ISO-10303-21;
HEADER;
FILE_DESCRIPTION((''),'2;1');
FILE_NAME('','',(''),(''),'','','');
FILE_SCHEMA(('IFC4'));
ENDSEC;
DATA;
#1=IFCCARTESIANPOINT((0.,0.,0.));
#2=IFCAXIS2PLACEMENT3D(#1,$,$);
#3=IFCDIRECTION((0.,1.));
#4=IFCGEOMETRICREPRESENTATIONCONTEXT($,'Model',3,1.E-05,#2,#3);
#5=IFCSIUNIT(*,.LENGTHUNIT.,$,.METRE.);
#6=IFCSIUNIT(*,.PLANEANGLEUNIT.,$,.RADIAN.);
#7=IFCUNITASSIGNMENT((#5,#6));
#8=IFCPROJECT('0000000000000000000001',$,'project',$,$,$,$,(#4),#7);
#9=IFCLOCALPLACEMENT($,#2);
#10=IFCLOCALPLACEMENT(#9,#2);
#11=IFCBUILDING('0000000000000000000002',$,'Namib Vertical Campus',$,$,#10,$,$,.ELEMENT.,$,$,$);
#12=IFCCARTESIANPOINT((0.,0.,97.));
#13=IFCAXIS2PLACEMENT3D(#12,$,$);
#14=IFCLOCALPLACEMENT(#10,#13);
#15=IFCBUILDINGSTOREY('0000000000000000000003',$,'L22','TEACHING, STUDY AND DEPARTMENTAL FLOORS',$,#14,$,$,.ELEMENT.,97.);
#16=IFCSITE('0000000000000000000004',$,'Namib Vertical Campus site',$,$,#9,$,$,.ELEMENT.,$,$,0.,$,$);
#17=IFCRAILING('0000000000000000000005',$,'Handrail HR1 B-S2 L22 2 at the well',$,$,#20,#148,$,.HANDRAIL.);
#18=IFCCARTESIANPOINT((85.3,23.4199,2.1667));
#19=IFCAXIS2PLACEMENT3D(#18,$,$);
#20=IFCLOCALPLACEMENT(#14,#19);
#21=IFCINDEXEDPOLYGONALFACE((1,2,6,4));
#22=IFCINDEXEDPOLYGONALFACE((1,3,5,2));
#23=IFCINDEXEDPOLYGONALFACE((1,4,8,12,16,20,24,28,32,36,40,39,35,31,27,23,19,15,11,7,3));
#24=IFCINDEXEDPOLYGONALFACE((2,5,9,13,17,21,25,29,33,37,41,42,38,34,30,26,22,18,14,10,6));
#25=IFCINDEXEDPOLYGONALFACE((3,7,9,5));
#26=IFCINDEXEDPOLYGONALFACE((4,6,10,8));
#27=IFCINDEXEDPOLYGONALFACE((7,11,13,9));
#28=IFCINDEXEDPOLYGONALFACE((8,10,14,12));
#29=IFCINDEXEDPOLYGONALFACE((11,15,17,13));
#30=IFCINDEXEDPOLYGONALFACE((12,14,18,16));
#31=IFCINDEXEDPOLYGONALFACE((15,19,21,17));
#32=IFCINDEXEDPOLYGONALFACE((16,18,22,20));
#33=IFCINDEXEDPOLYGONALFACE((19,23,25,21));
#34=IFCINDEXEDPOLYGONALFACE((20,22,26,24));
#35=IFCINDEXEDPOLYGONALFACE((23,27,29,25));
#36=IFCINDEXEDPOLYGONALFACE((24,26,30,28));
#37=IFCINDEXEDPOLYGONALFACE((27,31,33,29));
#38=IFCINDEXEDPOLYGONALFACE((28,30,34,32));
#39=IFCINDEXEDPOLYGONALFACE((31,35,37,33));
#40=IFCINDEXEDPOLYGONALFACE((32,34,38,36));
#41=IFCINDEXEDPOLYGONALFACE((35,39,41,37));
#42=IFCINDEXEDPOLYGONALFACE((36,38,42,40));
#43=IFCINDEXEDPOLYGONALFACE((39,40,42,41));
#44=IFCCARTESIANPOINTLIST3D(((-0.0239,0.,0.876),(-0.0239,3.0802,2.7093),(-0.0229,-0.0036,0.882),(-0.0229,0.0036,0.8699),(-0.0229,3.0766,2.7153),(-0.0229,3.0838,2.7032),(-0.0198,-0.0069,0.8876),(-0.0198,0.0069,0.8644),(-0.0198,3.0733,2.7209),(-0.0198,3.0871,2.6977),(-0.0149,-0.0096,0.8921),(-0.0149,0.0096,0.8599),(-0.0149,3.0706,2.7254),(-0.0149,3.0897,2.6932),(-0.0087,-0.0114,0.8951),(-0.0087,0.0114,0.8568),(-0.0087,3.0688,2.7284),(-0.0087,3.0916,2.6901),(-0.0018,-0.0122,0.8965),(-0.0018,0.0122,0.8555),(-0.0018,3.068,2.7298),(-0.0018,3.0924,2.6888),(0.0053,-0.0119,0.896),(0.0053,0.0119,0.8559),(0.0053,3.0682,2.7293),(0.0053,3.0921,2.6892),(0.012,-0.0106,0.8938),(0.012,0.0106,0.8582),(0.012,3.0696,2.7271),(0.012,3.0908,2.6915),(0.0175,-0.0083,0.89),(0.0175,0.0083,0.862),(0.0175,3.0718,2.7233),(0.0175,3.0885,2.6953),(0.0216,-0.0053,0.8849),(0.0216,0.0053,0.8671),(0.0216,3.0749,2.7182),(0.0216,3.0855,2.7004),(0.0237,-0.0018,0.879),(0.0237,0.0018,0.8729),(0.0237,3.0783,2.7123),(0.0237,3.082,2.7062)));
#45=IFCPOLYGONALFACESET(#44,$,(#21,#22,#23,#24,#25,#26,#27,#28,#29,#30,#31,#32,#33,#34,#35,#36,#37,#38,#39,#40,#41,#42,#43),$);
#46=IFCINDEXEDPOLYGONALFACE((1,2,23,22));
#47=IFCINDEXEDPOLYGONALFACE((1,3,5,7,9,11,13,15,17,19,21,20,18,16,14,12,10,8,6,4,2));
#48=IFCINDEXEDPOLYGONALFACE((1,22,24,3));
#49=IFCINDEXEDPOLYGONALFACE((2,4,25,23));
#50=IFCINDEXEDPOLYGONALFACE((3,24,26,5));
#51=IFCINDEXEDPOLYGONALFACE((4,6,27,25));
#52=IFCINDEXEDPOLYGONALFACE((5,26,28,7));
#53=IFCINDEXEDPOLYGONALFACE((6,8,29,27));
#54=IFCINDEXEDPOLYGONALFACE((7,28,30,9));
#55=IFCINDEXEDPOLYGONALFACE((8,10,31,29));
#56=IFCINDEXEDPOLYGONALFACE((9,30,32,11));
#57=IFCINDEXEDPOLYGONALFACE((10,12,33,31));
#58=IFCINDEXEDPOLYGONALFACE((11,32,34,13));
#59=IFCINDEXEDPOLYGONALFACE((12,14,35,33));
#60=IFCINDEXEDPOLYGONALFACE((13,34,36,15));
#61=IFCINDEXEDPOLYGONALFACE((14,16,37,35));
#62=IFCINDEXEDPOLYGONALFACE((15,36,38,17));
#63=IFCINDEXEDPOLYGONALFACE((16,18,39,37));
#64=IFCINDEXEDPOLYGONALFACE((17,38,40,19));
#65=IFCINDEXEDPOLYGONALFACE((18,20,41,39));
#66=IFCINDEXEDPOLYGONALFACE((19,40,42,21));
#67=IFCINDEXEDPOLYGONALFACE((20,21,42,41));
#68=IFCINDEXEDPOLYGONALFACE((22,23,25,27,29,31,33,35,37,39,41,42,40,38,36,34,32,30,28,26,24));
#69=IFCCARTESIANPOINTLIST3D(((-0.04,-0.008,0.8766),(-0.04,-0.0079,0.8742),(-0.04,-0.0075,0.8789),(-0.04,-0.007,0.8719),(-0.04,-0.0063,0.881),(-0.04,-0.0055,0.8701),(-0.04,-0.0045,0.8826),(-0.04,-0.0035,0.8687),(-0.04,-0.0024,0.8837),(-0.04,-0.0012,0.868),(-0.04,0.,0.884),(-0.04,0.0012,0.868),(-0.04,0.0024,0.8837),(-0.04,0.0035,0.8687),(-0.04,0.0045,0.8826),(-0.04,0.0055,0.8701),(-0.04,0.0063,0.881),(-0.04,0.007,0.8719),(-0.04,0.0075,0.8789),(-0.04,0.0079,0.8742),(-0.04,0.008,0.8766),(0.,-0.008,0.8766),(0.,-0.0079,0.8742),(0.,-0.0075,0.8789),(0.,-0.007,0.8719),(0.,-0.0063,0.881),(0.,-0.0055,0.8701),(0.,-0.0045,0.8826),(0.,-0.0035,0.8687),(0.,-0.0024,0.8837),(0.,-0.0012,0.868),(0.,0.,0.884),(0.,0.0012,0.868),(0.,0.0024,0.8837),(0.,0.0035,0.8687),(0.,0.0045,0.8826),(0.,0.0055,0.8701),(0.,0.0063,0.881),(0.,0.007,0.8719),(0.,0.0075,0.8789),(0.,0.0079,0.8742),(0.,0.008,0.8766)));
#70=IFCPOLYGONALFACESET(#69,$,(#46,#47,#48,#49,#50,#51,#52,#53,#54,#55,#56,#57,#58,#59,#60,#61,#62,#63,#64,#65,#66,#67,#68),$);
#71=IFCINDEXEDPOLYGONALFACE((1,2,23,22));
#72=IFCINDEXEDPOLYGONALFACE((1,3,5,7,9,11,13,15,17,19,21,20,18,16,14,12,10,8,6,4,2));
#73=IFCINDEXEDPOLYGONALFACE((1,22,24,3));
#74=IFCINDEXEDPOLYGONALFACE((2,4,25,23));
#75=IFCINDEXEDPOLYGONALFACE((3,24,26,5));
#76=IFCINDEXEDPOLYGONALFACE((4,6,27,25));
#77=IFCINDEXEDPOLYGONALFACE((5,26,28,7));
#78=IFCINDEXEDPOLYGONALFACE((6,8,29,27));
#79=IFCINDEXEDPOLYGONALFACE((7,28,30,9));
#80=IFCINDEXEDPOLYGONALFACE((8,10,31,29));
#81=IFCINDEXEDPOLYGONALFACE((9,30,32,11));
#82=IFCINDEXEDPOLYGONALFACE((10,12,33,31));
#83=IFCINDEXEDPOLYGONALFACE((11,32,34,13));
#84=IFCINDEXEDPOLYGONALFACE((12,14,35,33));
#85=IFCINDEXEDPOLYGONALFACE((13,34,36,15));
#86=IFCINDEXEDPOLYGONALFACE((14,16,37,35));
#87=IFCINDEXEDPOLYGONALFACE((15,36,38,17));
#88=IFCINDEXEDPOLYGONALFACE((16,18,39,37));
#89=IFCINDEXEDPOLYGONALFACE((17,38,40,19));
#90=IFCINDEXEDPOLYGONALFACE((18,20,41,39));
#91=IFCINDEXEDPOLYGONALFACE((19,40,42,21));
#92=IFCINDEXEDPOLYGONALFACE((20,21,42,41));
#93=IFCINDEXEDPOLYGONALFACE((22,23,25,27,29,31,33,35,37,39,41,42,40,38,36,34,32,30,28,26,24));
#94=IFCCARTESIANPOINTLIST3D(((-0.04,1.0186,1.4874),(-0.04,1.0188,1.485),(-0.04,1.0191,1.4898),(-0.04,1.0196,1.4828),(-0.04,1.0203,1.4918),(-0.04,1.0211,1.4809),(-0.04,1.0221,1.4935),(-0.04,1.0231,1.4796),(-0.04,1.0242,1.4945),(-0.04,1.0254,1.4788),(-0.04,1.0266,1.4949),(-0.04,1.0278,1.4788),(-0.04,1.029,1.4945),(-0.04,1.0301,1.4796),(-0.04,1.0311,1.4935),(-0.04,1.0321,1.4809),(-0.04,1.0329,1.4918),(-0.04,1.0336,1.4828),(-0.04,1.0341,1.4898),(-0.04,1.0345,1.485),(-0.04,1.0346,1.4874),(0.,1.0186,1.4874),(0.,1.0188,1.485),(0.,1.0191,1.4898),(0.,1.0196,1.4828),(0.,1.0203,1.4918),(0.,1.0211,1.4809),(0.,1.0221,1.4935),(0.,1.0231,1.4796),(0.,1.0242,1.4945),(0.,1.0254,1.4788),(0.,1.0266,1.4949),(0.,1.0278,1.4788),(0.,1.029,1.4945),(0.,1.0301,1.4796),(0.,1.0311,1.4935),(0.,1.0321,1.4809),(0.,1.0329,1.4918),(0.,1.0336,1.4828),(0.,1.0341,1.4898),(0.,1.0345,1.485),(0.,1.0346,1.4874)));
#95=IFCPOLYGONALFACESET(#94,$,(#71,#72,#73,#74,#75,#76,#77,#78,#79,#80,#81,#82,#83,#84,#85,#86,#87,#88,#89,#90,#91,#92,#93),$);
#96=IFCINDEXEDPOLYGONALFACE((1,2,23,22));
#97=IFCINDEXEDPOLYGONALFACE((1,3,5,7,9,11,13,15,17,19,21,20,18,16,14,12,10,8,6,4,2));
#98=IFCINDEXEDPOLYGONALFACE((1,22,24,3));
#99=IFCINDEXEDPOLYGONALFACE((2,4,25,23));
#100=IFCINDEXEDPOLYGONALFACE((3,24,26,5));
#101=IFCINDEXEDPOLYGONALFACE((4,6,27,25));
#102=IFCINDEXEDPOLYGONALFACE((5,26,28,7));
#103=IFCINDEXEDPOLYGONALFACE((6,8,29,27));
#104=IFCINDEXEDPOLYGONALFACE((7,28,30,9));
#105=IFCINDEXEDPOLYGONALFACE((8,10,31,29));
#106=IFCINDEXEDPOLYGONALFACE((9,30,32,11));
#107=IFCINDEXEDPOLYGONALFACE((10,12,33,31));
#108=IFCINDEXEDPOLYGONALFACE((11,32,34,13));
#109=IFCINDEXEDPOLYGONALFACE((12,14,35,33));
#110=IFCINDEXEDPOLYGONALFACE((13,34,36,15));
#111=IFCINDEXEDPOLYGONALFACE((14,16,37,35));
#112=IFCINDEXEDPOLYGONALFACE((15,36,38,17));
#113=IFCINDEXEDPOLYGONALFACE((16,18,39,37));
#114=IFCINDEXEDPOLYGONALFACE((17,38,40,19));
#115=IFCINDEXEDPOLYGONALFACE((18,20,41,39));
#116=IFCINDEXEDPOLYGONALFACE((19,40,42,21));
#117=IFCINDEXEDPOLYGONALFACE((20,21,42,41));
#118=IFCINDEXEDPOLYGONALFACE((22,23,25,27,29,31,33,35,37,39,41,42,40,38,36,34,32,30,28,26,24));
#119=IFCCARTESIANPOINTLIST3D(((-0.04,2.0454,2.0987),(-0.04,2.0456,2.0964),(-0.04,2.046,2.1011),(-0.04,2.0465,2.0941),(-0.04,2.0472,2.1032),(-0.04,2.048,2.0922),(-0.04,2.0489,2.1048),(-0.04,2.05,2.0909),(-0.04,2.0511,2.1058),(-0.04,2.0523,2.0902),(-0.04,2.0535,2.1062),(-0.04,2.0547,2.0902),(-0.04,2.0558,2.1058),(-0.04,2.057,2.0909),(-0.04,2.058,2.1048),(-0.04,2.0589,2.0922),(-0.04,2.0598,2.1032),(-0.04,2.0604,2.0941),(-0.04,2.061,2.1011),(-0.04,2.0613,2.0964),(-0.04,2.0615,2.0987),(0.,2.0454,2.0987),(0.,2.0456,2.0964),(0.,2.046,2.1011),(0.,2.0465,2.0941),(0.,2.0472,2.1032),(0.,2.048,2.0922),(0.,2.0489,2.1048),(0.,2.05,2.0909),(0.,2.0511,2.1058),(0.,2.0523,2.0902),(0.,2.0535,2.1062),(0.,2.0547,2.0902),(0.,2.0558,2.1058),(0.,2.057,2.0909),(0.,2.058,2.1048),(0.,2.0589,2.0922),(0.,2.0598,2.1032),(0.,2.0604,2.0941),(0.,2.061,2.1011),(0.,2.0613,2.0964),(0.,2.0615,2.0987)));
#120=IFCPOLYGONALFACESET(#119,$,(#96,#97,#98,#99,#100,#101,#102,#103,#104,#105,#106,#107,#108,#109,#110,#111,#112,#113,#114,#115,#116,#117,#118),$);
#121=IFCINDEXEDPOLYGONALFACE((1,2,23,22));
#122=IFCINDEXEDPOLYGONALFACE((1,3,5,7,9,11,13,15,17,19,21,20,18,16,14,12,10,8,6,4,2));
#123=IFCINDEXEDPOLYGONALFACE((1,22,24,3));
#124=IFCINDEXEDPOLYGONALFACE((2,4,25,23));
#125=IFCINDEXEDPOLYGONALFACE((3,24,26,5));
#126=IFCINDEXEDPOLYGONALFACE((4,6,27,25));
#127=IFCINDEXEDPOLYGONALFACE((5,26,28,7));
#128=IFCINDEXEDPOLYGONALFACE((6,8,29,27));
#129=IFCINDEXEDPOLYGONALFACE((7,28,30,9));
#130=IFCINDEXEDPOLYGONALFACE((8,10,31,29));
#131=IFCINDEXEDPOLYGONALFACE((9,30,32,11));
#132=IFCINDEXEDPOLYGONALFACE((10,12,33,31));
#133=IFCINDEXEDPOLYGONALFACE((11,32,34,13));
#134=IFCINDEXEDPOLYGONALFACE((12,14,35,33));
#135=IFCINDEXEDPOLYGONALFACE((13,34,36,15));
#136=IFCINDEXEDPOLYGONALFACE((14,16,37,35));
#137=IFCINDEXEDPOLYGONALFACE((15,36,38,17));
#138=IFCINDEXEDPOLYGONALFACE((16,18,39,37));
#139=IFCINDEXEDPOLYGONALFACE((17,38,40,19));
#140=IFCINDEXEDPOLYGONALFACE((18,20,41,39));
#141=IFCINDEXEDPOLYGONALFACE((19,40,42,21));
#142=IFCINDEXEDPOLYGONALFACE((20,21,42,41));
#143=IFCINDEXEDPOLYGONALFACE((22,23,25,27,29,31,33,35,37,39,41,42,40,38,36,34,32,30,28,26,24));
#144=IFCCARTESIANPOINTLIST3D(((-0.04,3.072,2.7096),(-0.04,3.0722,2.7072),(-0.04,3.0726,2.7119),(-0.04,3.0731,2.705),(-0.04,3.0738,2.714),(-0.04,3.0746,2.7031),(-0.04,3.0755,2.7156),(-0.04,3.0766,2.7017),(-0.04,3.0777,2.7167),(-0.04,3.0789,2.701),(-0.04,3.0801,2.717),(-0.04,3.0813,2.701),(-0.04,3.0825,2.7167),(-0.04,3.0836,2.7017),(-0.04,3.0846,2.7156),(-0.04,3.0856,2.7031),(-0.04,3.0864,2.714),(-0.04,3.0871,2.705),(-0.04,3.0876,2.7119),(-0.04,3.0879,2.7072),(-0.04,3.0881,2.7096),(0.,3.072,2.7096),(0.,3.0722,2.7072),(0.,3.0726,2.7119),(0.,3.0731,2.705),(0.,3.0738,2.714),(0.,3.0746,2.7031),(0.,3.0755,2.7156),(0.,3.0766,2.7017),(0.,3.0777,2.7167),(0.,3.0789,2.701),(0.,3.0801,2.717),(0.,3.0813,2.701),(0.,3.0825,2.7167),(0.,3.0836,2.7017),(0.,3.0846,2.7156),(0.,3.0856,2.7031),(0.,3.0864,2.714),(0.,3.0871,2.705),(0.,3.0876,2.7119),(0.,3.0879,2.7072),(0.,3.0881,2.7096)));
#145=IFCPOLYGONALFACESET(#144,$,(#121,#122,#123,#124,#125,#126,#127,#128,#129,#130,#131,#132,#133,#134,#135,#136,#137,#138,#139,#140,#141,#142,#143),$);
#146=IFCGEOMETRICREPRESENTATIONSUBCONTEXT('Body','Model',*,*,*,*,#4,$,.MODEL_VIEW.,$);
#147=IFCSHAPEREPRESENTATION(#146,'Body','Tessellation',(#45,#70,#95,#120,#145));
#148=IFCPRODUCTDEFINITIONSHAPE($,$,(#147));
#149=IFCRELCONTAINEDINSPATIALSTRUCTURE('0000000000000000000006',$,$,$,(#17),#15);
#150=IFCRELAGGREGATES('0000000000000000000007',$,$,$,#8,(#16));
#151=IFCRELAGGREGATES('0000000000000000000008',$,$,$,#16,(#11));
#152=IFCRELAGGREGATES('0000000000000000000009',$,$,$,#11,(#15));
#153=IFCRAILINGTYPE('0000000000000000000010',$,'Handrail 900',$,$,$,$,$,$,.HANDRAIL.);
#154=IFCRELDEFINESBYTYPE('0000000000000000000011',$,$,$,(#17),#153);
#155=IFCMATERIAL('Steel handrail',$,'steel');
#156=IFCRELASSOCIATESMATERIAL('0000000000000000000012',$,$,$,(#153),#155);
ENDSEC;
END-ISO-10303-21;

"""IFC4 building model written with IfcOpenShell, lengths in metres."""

from ifc_helpers import new_model, si_unit, direction, frame, origin, origin_2d, place, context, subcontext, project, spatial, circle, extrude, material, type_object, element, save


model = new_model("IFC4")

# Units and contexts
model_context = context("Model", 3, precision=1e-05, world=origin(), true_north=direction((0.0, 1.0)))
body_context = subcontext(model_context, "Body", "Model", "MODEL_VIEW")
ifc_project = project(units=[si_unit("LENGTHUNIT", "METRE"), si_unit("PLANEANGLEUNIT", "RADIAN")], contexts=[model_context])

# Site, building, storey
site_placement = place(None, origin())
site = spatial("IfcSite", under=ifc_project, at=site_placement, Name="Namib Vertical Campus site", CompositionType="ELEMENT", RefElevation=0.0)
building_placement = place(site_placement, origin())
building = spatial("IfcBuilding", under=site, at=building_placement, Name="Namib Vertical Campus", CompositionType="ELEMENT")
storey_placement = place(building_placement, frame((0.0, 0.0, 97.0)))
storey = spatial("IfcBuildingStorey", under=building, at=storey_placement, Name="L22", Description="TEACHING, STUDY AND DEPARTMENTAL FLOORS", CompositionType="ELEMENT", Elevation=97.0)

# Railing
ifc_material_1 = material(Name="Steel handrail", Category="steel")
railing_type = type_object("IfcRailingType", Name="Handrail 900", PredefinedType="HANDRAIL", material=ifc_material_1)
railing_1_placement = place(storey_placement, frame((85.3, 23.4199, 2.1667)))
element("IfcRailing", 1, at=railing_1_placement, inside=storey, type_object=railing_type, Name="Handrail HR1 B-S2 L22 2 at the well", PredefinedType="HANDRAIL", context=body_context, shape_type="SweptSolid", body=[
    extrude(circle(Radius=0.0239, at=origin_2d()), frame((0.0, 0.0, 0.876), z_axis=(0.0, 0.859309, 0.511458), x_axis=(-1.0, 0.0, 0.0)), (0.0, 0.0, 1.0), 3.5845),
    extrude(circle(Radius=0.0081, at=origin_2d()), frame((0.0, 0.0, 0.876), z_axis=(-1.0, 0.0, 0.0), x_axis=(0.0, 0.0, 1.0)), (0.0, 0.0, 1.0), 0.04),
    extrude(circle(Radius=0.0081, at=origin_2d()), frame((0.0, 1.0266, 1.4868), z_axis=(-1.0, 0.0, 0.0), x_axis=(0.0, 0.0, 1.0)), (0.0, 0.0, 1.0), 0.04),
    extrude(circle(Radius=0.0081, at=origin_2d()), frame((0.0, 2.0535, 2.0981), z_axis=(-1.0, 0.0, 0.0), x_axis=(0.0, 0.0, 1.0)), (0.0, 0.0, 1.0), 0.04),
    extrude(circle(Radius=0.0081, at=origin_2d()), frame((0.0, 3.0801, 2.709), z_axis=(-1.0, 0.0, 0.0), x_axis=(0.0, 0.0, 1.0)), (0.0, 0.0, 1.0), 0.04),
])

save(model, "model.ifc")
